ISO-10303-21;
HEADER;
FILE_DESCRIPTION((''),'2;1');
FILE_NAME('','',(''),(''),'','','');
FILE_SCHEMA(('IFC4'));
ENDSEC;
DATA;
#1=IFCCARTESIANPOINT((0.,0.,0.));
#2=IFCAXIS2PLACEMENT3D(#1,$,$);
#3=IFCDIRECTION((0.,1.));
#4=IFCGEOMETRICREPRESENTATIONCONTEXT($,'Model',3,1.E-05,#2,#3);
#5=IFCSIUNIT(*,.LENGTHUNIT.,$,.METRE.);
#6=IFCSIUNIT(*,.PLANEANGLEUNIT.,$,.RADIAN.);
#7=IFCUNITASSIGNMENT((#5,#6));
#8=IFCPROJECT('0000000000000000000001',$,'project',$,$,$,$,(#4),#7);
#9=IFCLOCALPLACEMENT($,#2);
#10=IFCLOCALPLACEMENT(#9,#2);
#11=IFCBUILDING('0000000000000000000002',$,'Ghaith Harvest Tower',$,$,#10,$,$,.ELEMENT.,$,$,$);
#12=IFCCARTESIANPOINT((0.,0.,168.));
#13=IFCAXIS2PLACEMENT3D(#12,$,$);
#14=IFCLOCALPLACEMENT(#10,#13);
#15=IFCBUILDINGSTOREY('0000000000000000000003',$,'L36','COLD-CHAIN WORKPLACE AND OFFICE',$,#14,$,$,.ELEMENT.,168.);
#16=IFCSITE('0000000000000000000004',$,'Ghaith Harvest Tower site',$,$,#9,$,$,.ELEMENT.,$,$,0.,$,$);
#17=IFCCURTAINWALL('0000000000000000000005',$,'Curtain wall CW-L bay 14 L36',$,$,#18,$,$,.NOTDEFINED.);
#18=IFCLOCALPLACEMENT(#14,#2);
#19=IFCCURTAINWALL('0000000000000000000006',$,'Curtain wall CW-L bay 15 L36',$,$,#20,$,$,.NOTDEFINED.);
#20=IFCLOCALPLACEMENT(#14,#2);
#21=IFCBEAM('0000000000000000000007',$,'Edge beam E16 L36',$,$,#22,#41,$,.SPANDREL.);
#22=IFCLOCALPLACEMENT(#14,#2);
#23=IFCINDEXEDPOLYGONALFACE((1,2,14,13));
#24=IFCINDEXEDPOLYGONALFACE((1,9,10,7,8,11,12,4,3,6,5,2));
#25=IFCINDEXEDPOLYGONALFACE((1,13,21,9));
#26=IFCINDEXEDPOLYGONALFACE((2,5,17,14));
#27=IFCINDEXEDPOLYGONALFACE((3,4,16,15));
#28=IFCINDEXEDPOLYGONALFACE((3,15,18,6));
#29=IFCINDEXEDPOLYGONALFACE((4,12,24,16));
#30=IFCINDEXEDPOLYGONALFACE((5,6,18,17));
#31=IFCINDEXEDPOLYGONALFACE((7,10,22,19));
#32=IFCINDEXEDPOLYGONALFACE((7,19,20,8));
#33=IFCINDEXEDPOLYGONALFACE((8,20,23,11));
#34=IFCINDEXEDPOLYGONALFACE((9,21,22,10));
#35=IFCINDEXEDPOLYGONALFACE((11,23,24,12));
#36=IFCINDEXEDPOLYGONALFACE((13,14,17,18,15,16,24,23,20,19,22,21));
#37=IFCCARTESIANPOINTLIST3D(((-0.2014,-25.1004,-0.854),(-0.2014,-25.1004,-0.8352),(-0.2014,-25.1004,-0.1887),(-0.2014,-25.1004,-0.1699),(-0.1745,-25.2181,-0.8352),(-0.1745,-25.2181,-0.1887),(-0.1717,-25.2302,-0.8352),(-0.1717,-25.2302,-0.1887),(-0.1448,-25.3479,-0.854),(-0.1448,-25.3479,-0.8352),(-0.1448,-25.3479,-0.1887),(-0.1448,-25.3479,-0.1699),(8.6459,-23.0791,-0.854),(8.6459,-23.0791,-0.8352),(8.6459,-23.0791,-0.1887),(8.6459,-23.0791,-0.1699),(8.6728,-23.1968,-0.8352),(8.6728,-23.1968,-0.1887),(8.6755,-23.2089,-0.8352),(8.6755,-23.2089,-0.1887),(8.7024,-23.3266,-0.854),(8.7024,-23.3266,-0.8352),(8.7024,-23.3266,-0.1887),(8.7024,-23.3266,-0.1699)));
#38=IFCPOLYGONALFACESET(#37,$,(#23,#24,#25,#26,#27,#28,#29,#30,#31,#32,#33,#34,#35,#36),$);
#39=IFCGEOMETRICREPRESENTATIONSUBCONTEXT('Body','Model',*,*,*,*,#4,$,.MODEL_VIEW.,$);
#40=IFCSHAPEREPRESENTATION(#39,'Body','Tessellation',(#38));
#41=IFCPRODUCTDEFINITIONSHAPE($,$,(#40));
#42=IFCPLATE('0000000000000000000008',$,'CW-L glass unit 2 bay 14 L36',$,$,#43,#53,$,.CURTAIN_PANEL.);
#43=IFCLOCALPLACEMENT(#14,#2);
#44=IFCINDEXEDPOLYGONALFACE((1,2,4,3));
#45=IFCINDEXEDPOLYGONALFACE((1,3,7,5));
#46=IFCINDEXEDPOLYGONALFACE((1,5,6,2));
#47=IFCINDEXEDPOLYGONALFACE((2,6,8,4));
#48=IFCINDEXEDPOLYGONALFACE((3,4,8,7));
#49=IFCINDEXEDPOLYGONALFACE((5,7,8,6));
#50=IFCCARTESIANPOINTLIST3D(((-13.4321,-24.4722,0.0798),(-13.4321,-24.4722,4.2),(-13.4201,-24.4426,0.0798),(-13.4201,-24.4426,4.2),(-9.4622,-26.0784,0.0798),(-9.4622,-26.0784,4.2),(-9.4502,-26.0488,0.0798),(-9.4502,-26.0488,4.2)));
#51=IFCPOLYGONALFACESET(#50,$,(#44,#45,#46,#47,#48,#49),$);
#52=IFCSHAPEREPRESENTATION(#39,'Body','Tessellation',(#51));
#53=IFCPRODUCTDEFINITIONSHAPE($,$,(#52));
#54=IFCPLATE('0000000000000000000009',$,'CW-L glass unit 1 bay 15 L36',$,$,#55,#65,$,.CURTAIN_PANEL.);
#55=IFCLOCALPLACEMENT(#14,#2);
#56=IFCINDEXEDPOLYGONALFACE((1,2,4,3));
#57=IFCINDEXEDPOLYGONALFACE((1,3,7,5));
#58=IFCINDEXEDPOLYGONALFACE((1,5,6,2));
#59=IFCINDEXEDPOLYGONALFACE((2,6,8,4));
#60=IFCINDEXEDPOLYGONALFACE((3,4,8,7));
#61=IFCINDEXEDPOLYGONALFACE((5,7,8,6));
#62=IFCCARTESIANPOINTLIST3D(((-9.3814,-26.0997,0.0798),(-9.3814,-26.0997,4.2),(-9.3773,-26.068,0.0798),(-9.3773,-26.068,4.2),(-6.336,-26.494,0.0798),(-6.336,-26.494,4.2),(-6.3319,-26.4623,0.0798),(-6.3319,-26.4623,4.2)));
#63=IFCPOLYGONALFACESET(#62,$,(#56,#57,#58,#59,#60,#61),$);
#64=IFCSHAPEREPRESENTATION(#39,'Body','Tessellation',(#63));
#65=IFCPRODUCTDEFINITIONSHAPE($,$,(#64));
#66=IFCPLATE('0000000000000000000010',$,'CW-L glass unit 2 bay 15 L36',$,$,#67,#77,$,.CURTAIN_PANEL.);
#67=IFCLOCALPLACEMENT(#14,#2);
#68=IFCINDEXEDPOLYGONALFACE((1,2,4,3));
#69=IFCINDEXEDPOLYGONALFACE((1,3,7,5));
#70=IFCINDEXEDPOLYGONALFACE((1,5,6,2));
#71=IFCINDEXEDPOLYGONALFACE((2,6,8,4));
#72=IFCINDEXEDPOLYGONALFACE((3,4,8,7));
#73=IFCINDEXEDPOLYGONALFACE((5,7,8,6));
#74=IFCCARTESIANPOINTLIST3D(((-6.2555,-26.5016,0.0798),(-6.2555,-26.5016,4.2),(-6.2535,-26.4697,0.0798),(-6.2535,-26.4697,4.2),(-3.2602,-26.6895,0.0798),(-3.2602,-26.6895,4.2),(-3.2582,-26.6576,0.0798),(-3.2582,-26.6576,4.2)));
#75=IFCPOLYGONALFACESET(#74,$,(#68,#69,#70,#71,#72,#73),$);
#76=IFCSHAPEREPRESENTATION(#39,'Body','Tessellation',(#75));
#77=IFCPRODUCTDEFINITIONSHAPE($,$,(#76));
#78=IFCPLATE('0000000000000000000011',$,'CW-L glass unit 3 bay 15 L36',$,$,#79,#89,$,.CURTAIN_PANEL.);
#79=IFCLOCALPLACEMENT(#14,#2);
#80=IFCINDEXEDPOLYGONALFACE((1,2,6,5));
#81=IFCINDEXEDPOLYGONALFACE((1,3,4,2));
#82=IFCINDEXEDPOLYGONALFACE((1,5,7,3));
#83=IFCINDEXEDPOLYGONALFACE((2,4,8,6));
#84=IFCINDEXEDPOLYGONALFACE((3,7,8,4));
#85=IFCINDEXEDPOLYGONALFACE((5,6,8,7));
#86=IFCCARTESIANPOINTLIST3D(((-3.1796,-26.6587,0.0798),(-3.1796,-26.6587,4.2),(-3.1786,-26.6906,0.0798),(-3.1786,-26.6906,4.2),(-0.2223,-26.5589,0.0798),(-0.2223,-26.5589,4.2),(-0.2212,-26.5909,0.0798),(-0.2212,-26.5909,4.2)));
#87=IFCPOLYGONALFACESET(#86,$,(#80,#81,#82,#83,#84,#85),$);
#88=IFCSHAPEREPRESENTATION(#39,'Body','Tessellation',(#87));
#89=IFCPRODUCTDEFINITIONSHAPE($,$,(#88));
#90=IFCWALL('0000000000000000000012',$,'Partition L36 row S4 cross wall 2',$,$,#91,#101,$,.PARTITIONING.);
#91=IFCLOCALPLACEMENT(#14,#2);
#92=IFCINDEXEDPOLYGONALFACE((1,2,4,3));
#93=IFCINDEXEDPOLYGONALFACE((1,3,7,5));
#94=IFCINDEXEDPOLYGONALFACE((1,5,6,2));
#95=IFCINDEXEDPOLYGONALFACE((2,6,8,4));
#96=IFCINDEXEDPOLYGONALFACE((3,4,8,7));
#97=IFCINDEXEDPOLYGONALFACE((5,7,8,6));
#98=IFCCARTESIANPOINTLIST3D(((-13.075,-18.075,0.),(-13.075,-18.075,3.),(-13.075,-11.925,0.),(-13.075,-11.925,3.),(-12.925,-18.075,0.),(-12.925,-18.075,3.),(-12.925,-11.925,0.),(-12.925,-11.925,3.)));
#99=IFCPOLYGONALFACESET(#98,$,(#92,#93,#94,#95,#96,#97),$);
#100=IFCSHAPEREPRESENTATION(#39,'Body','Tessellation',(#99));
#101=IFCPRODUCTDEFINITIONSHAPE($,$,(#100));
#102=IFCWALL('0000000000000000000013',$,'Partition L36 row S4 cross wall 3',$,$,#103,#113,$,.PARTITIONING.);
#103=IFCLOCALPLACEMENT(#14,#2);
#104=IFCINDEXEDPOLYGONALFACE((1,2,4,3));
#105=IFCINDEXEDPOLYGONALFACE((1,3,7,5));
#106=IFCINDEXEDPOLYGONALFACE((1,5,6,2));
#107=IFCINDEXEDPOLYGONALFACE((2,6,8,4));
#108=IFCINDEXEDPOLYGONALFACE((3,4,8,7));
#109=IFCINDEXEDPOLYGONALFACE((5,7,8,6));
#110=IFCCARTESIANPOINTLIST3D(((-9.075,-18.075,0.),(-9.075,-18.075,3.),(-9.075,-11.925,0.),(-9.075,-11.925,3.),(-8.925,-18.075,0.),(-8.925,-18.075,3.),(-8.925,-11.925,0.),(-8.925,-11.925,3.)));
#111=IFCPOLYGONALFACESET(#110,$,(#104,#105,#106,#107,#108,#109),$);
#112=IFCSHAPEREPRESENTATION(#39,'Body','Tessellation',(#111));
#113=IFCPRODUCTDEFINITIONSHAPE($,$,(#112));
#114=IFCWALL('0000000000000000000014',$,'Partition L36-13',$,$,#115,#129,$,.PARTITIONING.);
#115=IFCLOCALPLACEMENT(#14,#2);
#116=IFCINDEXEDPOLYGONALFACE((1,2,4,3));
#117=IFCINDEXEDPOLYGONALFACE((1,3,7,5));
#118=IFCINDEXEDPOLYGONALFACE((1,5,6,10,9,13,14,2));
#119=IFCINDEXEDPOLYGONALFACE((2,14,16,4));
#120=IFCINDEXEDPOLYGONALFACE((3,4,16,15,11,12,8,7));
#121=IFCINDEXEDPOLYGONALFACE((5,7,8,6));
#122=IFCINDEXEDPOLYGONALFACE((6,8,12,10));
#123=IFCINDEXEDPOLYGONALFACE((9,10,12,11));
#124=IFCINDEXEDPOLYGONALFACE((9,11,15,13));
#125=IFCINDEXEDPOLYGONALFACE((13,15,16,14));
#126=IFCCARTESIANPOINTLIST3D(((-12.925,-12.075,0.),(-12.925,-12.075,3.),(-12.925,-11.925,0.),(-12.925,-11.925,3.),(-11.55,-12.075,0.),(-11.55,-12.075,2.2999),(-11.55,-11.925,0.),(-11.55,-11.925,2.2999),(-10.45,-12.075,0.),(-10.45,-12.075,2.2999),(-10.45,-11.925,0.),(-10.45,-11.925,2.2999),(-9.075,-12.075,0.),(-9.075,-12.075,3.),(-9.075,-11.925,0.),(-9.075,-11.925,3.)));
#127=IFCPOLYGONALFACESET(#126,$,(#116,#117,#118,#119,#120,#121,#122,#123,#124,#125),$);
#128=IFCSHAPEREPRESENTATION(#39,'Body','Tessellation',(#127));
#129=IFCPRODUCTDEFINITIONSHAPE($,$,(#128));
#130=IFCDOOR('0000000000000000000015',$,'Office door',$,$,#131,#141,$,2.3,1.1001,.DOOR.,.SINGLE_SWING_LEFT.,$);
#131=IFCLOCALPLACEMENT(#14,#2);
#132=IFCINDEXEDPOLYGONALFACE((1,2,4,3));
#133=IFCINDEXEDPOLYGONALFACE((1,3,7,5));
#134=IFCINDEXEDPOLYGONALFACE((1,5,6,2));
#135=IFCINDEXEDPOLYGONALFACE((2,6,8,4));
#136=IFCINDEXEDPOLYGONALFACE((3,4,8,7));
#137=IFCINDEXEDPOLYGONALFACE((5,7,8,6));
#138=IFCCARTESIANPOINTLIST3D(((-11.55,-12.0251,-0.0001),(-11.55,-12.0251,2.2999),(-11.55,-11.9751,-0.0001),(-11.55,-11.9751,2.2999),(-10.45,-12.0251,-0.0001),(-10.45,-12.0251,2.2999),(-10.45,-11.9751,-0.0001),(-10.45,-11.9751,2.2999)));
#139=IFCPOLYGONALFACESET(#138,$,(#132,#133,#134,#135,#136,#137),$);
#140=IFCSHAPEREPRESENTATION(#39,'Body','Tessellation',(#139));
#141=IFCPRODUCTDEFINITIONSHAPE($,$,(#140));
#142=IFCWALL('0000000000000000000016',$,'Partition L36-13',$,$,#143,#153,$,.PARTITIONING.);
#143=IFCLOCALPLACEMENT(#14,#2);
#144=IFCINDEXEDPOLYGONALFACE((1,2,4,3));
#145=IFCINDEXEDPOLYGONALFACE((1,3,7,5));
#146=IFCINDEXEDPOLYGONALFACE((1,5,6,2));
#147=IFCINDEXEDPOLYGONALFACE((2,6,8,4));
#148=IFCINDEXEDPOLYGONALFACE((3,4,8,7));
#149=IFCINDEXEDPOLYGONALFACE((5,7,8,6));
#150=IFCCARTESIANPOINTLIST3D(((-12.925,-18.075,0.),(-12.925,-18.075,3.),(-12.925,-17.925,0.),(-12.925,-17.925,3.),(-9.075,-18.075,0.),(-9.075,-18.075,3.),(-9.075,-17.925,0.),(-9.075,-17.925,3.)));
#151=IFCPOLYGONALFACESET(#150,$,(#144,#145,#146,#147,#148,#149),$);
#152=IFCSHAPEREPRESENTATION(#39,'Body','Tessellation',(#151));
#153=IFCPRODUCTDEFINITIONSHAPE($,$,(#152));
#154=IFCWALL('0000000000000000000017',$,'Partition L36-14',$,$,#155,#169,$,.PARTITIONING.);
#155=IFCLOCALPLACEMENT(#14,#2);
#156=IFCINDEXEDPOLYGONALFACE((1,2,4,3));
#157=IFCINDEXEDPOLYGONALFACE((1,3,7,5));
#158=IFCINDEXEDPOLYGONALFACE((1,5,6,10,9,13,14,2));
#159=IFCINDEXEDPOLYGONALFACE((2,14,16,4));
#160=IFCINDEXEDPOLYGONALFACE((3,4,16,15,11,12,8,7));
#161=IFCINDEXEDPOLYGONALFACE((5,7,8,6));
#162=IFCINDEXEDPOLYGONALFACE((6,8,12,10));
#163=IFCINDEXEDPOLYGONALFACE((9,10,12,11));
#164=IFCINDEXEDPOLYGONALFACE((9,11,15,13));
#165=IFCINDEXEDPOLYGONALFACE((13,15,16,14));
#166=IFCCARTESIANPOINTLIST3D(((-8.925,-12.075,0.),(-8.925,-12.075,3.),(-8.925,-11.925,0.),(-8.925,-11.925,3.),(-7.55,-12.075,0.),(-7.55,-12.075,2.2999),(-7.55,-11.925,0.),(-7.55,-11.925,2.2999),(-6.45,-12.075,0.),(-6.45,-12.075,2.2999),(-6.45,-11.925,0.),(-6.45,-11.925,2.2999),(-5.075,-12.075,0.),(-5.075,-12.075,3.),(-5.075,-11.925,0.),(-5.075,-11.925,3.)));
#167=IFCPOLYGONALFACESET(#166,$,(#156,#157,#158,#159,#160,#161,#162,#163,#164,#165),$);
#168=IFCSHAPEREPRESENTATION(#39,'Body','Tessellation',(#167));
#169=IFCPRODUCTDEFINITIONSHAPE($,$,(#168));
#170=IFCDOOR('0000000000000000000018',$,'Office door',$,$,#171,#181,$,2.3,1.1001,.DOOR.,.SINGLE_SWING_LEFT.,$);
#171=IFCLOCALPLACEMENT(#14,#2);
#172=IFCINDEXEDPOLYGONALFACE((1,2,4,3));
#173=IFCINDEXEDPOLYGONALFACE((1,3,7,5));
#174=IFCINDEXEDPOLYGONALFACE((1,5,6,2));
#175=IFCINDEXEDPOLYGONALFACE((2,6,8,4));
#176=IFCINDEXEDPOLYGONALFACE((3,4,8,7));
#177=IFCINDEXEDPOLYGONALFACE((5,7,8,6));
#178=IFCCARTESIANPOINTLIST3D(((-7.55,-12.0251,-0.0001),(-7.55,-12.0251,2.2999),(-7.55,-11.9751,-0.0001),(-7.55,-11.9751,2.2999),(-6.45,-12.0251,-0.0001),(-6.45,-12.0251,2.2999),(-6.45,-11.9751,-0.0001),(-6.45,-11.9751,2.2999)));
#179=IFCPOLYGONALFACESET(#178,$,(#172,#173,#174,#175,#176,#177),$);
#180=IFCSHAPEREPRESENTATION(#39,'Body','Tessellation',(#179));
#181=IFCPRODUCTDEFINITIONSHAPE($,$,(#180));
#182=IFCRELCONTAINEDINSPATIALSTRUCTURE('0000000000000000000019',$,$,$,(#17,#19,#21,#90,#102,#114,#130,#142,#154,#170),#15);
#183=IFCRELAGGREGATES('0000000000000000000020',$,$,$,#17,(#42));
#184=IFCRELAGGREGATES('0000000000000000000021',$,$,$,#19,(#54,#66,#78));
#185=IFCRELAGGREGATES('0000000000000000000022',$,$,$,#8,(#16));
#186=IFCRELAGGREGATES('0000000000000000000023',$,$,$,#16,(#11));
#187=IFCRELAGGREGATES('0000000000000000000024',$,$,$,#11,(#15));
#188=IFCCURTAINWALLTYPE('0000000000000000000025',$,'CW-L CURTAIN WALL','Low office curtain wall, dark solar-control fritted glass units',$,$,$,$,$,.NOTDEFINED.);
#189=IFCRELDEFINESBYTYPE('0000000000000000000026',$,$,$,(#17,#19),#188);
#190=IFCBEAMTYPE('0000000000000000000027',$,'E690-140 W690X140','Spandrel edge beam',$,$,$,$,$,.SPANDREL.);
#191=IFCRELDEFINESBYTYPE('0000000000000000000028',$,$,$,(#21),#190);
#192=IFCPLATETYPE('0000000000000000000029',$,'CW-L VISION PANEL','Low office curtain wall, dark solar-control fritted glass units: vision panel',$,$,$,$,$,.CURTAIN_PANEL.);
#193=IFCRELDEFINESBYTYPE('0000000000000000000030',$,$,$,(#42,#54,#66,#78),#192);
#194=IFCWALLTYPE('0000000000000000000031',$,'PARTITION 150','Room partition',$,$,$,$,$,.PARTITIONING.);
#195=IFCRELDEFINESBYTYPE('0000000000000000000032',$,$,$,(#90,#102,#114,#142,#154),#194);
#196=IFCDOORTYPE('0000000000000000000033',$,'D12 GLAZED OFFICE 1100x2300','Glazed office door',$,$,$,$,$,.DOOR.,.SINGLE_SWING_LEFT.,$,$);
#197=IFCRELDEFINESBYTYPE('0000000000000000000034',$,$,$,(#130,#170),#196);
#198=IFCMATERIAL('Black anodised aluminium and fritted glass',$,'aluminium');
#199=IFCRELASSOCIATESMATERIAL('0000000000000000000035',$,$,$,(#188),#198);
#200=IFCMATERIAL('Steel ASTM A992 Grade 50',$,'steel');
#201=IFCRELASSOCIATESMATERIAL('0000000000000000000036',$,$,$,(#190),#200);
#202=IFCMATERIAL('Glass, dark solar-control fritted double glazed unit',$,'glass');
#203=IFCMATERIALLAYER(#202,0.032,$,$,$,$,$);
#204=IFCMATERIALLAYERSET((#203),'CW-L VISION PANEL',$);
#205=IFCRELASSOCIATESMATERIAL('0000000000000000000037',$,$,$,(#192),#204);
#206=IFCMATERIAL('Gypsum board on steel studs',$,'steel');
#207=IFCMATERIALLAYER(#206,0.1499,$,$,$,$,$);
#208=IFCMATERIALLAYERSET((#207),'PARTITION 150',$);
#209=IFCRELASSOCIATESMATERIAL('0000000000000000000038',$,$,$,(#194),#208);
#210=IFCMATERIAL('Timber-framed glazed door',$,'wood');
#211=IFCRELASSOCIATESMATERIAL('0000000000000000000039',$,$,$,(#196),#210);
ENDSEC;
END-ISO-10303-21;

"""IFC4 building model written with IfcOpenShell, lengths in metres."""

from ifc_helpers import new_model, si_unit, direction, frame, frame_2d, origin, origin_2d, place, context, subcontext, project, spatial, rectangle, i_section, extrude, material, layer, layer_set, material_profile, profile_set, type_object, element, fill, aggregate, save


model = new_model("IFC4")

# Units and contexts
model_context = context("Model", 3, precision=1e-05, world=origin(), true_north=direction((0.0, 1.0)))
body_context = subcontext(model_context, "Body", "Model", "MODEL_VIEW")
ifc_project = project(units=[si_unit("LENGTHUNIT", "METRE"), si_unit("PLANEANGLEUNIT", "RADIAN")], contexts=[model_context])

# Site, building, storey
site_placement = place(None, origin())
site = spatial("IfcSite", under=ifc_project, at=site_placement, Name="Ghaith Harvest Tower site", CompositionType="ELEMENT", RefElevation=0.0)
building_placement = place(site_placement, origin())
building = spatial("IfcBuilding", under=site, at=building_placement, Name="Ghaith Harvest Tower", CompositionType="ELEMENT")
storey_placement = place(building_placement, frame((0.0, 0.0, 168.0)))
storey = spatial("IfcBuildingStorey", under=building, at=storey_placement, Name="L36", Description="COLD-CHAIN WORKPLACE AND OFFICE", CompositionType="ELEMENT", Elevation=168.0)

# Curtain wall
ifc_material_1 = material(Name="Black anodised aluminium and fritted glass", Category="aluminium")
curtain_wall_type = type_object("IfcCurtainWallType", Name="CW-L CURTAIN WALL", Description="Low office curtain wall, dark solar-control fritted glass units", PredefinedType="NOTDEFINED", material=ifc_material_1)
curtain_wall_1_placement = place(storey_placement, origin())
curtain_wall_1 = element("IfcCurtainWall", 1, at=curtain_wall_1_placement, inside=storey, type_object=curtain_wall_type, Name="Curtain wall CW-L bay 14 L36", PredefinedType="NOTDEFINED")

# Curtain wall
curtain_wall_2_placement = place(storey_placement, origin())
curtain_wall_2 = element("IfcCurtainWall", 2, at=curtain_wall_2_placement, inside=storey, type_object=curtain_wall_type, Name="Curtain wall CW-L bay 15 L36", PredefinedType="NOTDEFINED")

# Beam
ifc_material_2 = material(Name="Steel ASTM A992 Grade 50", Category="steel")
ifc_material_profile_1 = material_profile(ifc_material_2, i_section(OverallWidth=0.2539, OverallDepth=0.6841, WebThickness=0.0125, FlangeThickness=0.0188, at=origin_2d()), Name="W690X140")
ifc_profile_set_1 = profile_set([ifc_material_profile_1], Name="Steel ASTM A992 Grade 50")
beam_type = type_object("IfcBeamType", Name="E690-140 W690X140", Description="Spandrel edge beam", PredefinedType="SPANDREL", material=ifc_profile_set_1)
beam_1_placement = place(storey_placement, frame((-0.1731, -25.2241, -0.512), z_axis=(0.974882, 0.222723, 0.0), x_axis=(-0.222723, 0.974882, 0.0)))
element("IfcBeam", 3, at=beam_1_placement, inside=storey, type_object=beam_type, Name="Edge beam E16 L36", PredefinedType="SPANDREL", context=body_context, shape_type="SweptSolid", body=[
    extrude(i_section(OverallWidth=0.2539, OverallDepth=0.6841, WebThickness=0.0125, FlangeThickness=0.0188, at=origin_2d()), origin(), (0.0, 0.0, 1.0), 9.0752),
])

# Plates
ifc_material_3 = material(Name="Glass, dark solar-control fritted double glazed unit", Category="glass")
ifc_layer_1 = layer(ifc_material_3, 0.032)
ifc_layer_set_1 = layer_set([ifc_layer_1], Name="CW-L VISION PANEL")
plate_type = type_object("IfcPlateType", Name="CW-L VISION PANEL", Description="Low office curtain wall, dark solar-control fritted glass units: vision panel", PredefinedType="CURTAIN_PANEL", material=ifc_layer_set_1)
plate_1_placement = place(storey_placement, frame((-11.4412, -25.2605, 0.0798), z_axis=(0.0, 0.0, 1.0), x_axis=(0.927003, -0.375055, 0.0)))
plate_1 = element("IfcPlate", 4, at=plate_1_placement, type_object=plate_type, Name="CW-L glass unit 2 bay 14 L36", PredefinedType="CURTAIN_PANEL", context=body_context, shape_type="SweptSolid", body=[
    extrude(rectangle(XDim=4.2825, YDim=0.032, at=origin_2d()), origin(), (0.0, 0.0, 1.0), 4.1201),
])
aggregate(curtain_wall_1, [plate_1])
plate_2_placement = place(storey_placement, frame((-7.8567, -26.281, 0.0798), z_axis=(0.0, 0.0, 1.0), x_axis=(0.991723, -0.128392, 0.0)))
plate_2 = element("IfcPlate", 5, at=plate_2_placement, type_object=plate_type, Name="CW-L glass unit 1 bay 15 L36", PredefinedType="CURTAIN_PANEL", context=body_context, shape_type="SweptSolid", body=[
    extrude(rectangle(XDim=3.0708, YDim=0.032, at=origin_2d()), origin(), (0.0, 0.0, 1.0), 4.1201),
])
plate_3_placement = place(storey_placement, frame((-4.7568, -26.5796, 0.0798), z_axis=(0.0, 0.0, 1.0), x_axis=(0.998038, -0.062607, 0.0)))
plate_3 = element("IfcPlate", 6, at=plate_3_placement, type_object=plate_type, Name="CW-L glass unit 2 bay 15 L36", PredefinedType="CURTAIN_PANEL", context=body_context, shape_type="SweptSolid", body=[
    extrude(rectangle(XDim=3.0012, YDim=0.032, at=origin_2d()), origin(), (0.0, 0.0, 1.0), 4.1201),
])
plate_4_placement = place(storey_placement, frame((-1.7004, -26.6248, 0.0798), z_axis=(0.0, 0.0, 1.0), x_axis=(0.999432, 0.033714, 0.0)))
plate_4 = element("IfcPlate", 7, at=plate_4_placement, type_object=plate_type, Name="CW-L glass unit 3 bay 15 L36", PredefinedType="CURTAIN_PANEL", context=body_context, shape_type="SweptSolid", body=[
    extrude(rectangle(XDim=2.959, YDim=0.032, at=origin_2d()), origin(), (0.0, 0.0, 1.0), 4.1201),
])
aggregate(curtain_wall_2, [plate_2, plate_3, plate_4])

# Walls
ifc_material_4 = material(Name="Gypsum board on steel studs", Category="steel")
ifc_layer_2 = layer(ifc_material_4, 0.1499)
ifc_layer_set_2 = layer_set([ifc_layer_2], Name="PARTITION 150")
wall_type = type_object("IfcWallType", Name="PARTITION 150", Description="Room partition", PredefinedType="PARTITIONING", material=ifc_layer_set_2)
for number, where, z_axis, x_axis, name in (
    (8, (-13.0, -11.925, 0.0), (0.0, 0.0, 1.0), (0.0, -1.0, 0.0), "Partition L36 row S4 cross wall 2"),
    (9, (-9.0, -11.925, 0.0), (0.0, 0.0, 1.0), (0.0, -1.0, 0.0), "Partition L36 row S4 cross wall 3"),
):
    element("IfcWall", number, at=place(storey_placement, frame(where, z_axis=z_axis, x_axis=x_axis)), inside=storey, type_object=wall_type, Name=name, PredefinedType="PARTITIONING", context=body_context, shape_type="SweptSolid", body=[
        extrude(rectangle(XDim=6.1499, YDim=0.1499, at=frame_2d((3.075, 0.0))), origin(), (0.0, 0.0, 1.0), 3.0),
    ])

# Wall, opening, door
wall_1_placement = place(storey_placement, frame((-12.925, -12.0, 0.0), z_axis=(0.0, 0.0, 1.0), x_axis=(1.0, 0.0, 0.0)))
wall_1 = element("IfcWall", 10, at=wall_1_placement, inside=storey, type_object=wall_type, Name="Partition L36-13", PredefinedType="PARTITIONING", context=body_context, shape_type="SweptSolid", body=[
    extrude(rectangle(XDim=3.8501, YDim=0.1499, at=frame_2d((1.925, 0.0))), origin(), (0.0, 0.0, 1.0), 3.0),
])
opening_1_placement = place(wall_1_placement, frame((1.375, 0.0, 0.0)))
opening_1 = element("IfcOpeningElement", 11, at=opening_1_placement, cuts=wall_1, PredefinedType="OPENING", context=body_context, shape_type="SweptSolid", body=[
    extrude(rectangle(XDim=1.1001, YDim=2.3, at=frame_2d((0.55, 1.1499))), frame((0.0, 0.085, 0.0), z_axis=(0.0, -1.0, 0.0), x_axis=(1.0, 0.0, 0.0)), (0.0, 0.0, 1.0), 0.1699),
])
ifc_material_5 = material(Name="Timber-framed glazed door", Category="wood")
door_type_1 = type_object("IfcDoorType", Name="D12 GLAZED OFFICE 1100x2300", Description="Glazed office door", OperationType="SINGLE_SWING_LEFT", PredefinedType="DOOR", material=ifc_material_5)
door_1_placement = place(opening_1_placement, origin())
door_1 = element("IfcDoor", 12, at=door_1_placement, inside=storey, type_object=door_type_1, Name="Office door", OperationType="SINGLE_SWING_LEFT", OverallHeight=2.3, OverallWidth=1.1001, PredefinedType="DOOR", context=body_context, shape_type="SweptSolid", body=[
    extrude(rectangle(XDim=1.1001, YDim=2.3, at=frame_2d((0.55, 1.1499))), frame((0.0, 0.0249, 0.0), z_axis=(0.0, -1.0, 0.0), x_axis=(1.0, 0.0, 0.0)), (0.0, 0.0, 1.0), 0.05),
])
fill(opening_1, door_1)

# Wall
wall_2_placement = place(storey_placement, frame((-12.925, -18.0, 0.0), z_axis=(0.0, 0.0, 1.0), x_axis=(1.0, 0.0, 0.0)))
element("IfcWall", 13, at=wall_2_placement, inside=storey, type_object=wall_type, Name="Partition L36-13", PredefinedType="PARTITIONING", context=body_context, shape_type="SweptSolid", body=[
    extrude(rectangle(XDim=3.8501, YDim=0.1499, at=frame_2d((1.925, 0.0))), origin(), (0.0, 0.0, 1.0), 3.0),
])

# Wall, opening, door
wall_3_placement = place(storey_placement, frame((-8.925, -12.0, 0.0), z_axis=(0.0, 0.0, 1.0), x_axis=(1.0, 0.0, 0.0)))
wall_3 = element("IfcWall", 14, at=wall_3_placement, inside=storey, type_object=wall_type, Name="Partition L36-14", PredefinedType="PARTITIONING", context=body_context, shape_type="SweptSolid", body=[
    extrude(rectangle(XDim=3.8501, YDim=0.1499, at=frame_2d((1.925, 0.0))), origin(), (0.0, 0.0, 1.0), 3.0),
])
opening_2_placement = place(wall_3_placement, frame((1.375, 0.0, 0.0)))
opening_2 = element("IfcOpeningElement", 15, at=opening_2_placement, cuts=wall_3, PredefinedType="OPENING", context=body_context, shape_type="SweptSolid", body=[
    extrude(rectangle(XDim=1.1001, YDim=2.3, at=frame_2d((0.55, 1.1499))), frame((0.0, 0.085, 0.0), z_axis=(0.0, -1.0, 0.0), x_axis=(1.0, 0.0, 0.0)), (0.0, 0.0, 1.0), 0.1699),
])
door_2_placement = place(opening_2_placement, origin())
door_2 = element("IfcDoor", 16, at=door_2_placement, inside=storey, type_object=door_type_1, Name="Office door", OperationType="SINGLE_SWING_LEFT", OverallHeight=2.3, OverallWidth=1.1001, PredefinedType="DOOR", context=body_context, shape_type="SweptSolid", body=[
    extrude(rectangle(XDim=1.1001, YDim=2.3, at=frame_2d((0.55, 1.1499))), frame((0.0, 0.0249, 0.0), z_axis=(0.0, -1.0, 0.0), x_axis=(1.0, 0.0, 0.0)), (0.0, 0.0, 1.0), 0.05),
])
fill(opening_2, door_2)

save(model, "model.ifc")
